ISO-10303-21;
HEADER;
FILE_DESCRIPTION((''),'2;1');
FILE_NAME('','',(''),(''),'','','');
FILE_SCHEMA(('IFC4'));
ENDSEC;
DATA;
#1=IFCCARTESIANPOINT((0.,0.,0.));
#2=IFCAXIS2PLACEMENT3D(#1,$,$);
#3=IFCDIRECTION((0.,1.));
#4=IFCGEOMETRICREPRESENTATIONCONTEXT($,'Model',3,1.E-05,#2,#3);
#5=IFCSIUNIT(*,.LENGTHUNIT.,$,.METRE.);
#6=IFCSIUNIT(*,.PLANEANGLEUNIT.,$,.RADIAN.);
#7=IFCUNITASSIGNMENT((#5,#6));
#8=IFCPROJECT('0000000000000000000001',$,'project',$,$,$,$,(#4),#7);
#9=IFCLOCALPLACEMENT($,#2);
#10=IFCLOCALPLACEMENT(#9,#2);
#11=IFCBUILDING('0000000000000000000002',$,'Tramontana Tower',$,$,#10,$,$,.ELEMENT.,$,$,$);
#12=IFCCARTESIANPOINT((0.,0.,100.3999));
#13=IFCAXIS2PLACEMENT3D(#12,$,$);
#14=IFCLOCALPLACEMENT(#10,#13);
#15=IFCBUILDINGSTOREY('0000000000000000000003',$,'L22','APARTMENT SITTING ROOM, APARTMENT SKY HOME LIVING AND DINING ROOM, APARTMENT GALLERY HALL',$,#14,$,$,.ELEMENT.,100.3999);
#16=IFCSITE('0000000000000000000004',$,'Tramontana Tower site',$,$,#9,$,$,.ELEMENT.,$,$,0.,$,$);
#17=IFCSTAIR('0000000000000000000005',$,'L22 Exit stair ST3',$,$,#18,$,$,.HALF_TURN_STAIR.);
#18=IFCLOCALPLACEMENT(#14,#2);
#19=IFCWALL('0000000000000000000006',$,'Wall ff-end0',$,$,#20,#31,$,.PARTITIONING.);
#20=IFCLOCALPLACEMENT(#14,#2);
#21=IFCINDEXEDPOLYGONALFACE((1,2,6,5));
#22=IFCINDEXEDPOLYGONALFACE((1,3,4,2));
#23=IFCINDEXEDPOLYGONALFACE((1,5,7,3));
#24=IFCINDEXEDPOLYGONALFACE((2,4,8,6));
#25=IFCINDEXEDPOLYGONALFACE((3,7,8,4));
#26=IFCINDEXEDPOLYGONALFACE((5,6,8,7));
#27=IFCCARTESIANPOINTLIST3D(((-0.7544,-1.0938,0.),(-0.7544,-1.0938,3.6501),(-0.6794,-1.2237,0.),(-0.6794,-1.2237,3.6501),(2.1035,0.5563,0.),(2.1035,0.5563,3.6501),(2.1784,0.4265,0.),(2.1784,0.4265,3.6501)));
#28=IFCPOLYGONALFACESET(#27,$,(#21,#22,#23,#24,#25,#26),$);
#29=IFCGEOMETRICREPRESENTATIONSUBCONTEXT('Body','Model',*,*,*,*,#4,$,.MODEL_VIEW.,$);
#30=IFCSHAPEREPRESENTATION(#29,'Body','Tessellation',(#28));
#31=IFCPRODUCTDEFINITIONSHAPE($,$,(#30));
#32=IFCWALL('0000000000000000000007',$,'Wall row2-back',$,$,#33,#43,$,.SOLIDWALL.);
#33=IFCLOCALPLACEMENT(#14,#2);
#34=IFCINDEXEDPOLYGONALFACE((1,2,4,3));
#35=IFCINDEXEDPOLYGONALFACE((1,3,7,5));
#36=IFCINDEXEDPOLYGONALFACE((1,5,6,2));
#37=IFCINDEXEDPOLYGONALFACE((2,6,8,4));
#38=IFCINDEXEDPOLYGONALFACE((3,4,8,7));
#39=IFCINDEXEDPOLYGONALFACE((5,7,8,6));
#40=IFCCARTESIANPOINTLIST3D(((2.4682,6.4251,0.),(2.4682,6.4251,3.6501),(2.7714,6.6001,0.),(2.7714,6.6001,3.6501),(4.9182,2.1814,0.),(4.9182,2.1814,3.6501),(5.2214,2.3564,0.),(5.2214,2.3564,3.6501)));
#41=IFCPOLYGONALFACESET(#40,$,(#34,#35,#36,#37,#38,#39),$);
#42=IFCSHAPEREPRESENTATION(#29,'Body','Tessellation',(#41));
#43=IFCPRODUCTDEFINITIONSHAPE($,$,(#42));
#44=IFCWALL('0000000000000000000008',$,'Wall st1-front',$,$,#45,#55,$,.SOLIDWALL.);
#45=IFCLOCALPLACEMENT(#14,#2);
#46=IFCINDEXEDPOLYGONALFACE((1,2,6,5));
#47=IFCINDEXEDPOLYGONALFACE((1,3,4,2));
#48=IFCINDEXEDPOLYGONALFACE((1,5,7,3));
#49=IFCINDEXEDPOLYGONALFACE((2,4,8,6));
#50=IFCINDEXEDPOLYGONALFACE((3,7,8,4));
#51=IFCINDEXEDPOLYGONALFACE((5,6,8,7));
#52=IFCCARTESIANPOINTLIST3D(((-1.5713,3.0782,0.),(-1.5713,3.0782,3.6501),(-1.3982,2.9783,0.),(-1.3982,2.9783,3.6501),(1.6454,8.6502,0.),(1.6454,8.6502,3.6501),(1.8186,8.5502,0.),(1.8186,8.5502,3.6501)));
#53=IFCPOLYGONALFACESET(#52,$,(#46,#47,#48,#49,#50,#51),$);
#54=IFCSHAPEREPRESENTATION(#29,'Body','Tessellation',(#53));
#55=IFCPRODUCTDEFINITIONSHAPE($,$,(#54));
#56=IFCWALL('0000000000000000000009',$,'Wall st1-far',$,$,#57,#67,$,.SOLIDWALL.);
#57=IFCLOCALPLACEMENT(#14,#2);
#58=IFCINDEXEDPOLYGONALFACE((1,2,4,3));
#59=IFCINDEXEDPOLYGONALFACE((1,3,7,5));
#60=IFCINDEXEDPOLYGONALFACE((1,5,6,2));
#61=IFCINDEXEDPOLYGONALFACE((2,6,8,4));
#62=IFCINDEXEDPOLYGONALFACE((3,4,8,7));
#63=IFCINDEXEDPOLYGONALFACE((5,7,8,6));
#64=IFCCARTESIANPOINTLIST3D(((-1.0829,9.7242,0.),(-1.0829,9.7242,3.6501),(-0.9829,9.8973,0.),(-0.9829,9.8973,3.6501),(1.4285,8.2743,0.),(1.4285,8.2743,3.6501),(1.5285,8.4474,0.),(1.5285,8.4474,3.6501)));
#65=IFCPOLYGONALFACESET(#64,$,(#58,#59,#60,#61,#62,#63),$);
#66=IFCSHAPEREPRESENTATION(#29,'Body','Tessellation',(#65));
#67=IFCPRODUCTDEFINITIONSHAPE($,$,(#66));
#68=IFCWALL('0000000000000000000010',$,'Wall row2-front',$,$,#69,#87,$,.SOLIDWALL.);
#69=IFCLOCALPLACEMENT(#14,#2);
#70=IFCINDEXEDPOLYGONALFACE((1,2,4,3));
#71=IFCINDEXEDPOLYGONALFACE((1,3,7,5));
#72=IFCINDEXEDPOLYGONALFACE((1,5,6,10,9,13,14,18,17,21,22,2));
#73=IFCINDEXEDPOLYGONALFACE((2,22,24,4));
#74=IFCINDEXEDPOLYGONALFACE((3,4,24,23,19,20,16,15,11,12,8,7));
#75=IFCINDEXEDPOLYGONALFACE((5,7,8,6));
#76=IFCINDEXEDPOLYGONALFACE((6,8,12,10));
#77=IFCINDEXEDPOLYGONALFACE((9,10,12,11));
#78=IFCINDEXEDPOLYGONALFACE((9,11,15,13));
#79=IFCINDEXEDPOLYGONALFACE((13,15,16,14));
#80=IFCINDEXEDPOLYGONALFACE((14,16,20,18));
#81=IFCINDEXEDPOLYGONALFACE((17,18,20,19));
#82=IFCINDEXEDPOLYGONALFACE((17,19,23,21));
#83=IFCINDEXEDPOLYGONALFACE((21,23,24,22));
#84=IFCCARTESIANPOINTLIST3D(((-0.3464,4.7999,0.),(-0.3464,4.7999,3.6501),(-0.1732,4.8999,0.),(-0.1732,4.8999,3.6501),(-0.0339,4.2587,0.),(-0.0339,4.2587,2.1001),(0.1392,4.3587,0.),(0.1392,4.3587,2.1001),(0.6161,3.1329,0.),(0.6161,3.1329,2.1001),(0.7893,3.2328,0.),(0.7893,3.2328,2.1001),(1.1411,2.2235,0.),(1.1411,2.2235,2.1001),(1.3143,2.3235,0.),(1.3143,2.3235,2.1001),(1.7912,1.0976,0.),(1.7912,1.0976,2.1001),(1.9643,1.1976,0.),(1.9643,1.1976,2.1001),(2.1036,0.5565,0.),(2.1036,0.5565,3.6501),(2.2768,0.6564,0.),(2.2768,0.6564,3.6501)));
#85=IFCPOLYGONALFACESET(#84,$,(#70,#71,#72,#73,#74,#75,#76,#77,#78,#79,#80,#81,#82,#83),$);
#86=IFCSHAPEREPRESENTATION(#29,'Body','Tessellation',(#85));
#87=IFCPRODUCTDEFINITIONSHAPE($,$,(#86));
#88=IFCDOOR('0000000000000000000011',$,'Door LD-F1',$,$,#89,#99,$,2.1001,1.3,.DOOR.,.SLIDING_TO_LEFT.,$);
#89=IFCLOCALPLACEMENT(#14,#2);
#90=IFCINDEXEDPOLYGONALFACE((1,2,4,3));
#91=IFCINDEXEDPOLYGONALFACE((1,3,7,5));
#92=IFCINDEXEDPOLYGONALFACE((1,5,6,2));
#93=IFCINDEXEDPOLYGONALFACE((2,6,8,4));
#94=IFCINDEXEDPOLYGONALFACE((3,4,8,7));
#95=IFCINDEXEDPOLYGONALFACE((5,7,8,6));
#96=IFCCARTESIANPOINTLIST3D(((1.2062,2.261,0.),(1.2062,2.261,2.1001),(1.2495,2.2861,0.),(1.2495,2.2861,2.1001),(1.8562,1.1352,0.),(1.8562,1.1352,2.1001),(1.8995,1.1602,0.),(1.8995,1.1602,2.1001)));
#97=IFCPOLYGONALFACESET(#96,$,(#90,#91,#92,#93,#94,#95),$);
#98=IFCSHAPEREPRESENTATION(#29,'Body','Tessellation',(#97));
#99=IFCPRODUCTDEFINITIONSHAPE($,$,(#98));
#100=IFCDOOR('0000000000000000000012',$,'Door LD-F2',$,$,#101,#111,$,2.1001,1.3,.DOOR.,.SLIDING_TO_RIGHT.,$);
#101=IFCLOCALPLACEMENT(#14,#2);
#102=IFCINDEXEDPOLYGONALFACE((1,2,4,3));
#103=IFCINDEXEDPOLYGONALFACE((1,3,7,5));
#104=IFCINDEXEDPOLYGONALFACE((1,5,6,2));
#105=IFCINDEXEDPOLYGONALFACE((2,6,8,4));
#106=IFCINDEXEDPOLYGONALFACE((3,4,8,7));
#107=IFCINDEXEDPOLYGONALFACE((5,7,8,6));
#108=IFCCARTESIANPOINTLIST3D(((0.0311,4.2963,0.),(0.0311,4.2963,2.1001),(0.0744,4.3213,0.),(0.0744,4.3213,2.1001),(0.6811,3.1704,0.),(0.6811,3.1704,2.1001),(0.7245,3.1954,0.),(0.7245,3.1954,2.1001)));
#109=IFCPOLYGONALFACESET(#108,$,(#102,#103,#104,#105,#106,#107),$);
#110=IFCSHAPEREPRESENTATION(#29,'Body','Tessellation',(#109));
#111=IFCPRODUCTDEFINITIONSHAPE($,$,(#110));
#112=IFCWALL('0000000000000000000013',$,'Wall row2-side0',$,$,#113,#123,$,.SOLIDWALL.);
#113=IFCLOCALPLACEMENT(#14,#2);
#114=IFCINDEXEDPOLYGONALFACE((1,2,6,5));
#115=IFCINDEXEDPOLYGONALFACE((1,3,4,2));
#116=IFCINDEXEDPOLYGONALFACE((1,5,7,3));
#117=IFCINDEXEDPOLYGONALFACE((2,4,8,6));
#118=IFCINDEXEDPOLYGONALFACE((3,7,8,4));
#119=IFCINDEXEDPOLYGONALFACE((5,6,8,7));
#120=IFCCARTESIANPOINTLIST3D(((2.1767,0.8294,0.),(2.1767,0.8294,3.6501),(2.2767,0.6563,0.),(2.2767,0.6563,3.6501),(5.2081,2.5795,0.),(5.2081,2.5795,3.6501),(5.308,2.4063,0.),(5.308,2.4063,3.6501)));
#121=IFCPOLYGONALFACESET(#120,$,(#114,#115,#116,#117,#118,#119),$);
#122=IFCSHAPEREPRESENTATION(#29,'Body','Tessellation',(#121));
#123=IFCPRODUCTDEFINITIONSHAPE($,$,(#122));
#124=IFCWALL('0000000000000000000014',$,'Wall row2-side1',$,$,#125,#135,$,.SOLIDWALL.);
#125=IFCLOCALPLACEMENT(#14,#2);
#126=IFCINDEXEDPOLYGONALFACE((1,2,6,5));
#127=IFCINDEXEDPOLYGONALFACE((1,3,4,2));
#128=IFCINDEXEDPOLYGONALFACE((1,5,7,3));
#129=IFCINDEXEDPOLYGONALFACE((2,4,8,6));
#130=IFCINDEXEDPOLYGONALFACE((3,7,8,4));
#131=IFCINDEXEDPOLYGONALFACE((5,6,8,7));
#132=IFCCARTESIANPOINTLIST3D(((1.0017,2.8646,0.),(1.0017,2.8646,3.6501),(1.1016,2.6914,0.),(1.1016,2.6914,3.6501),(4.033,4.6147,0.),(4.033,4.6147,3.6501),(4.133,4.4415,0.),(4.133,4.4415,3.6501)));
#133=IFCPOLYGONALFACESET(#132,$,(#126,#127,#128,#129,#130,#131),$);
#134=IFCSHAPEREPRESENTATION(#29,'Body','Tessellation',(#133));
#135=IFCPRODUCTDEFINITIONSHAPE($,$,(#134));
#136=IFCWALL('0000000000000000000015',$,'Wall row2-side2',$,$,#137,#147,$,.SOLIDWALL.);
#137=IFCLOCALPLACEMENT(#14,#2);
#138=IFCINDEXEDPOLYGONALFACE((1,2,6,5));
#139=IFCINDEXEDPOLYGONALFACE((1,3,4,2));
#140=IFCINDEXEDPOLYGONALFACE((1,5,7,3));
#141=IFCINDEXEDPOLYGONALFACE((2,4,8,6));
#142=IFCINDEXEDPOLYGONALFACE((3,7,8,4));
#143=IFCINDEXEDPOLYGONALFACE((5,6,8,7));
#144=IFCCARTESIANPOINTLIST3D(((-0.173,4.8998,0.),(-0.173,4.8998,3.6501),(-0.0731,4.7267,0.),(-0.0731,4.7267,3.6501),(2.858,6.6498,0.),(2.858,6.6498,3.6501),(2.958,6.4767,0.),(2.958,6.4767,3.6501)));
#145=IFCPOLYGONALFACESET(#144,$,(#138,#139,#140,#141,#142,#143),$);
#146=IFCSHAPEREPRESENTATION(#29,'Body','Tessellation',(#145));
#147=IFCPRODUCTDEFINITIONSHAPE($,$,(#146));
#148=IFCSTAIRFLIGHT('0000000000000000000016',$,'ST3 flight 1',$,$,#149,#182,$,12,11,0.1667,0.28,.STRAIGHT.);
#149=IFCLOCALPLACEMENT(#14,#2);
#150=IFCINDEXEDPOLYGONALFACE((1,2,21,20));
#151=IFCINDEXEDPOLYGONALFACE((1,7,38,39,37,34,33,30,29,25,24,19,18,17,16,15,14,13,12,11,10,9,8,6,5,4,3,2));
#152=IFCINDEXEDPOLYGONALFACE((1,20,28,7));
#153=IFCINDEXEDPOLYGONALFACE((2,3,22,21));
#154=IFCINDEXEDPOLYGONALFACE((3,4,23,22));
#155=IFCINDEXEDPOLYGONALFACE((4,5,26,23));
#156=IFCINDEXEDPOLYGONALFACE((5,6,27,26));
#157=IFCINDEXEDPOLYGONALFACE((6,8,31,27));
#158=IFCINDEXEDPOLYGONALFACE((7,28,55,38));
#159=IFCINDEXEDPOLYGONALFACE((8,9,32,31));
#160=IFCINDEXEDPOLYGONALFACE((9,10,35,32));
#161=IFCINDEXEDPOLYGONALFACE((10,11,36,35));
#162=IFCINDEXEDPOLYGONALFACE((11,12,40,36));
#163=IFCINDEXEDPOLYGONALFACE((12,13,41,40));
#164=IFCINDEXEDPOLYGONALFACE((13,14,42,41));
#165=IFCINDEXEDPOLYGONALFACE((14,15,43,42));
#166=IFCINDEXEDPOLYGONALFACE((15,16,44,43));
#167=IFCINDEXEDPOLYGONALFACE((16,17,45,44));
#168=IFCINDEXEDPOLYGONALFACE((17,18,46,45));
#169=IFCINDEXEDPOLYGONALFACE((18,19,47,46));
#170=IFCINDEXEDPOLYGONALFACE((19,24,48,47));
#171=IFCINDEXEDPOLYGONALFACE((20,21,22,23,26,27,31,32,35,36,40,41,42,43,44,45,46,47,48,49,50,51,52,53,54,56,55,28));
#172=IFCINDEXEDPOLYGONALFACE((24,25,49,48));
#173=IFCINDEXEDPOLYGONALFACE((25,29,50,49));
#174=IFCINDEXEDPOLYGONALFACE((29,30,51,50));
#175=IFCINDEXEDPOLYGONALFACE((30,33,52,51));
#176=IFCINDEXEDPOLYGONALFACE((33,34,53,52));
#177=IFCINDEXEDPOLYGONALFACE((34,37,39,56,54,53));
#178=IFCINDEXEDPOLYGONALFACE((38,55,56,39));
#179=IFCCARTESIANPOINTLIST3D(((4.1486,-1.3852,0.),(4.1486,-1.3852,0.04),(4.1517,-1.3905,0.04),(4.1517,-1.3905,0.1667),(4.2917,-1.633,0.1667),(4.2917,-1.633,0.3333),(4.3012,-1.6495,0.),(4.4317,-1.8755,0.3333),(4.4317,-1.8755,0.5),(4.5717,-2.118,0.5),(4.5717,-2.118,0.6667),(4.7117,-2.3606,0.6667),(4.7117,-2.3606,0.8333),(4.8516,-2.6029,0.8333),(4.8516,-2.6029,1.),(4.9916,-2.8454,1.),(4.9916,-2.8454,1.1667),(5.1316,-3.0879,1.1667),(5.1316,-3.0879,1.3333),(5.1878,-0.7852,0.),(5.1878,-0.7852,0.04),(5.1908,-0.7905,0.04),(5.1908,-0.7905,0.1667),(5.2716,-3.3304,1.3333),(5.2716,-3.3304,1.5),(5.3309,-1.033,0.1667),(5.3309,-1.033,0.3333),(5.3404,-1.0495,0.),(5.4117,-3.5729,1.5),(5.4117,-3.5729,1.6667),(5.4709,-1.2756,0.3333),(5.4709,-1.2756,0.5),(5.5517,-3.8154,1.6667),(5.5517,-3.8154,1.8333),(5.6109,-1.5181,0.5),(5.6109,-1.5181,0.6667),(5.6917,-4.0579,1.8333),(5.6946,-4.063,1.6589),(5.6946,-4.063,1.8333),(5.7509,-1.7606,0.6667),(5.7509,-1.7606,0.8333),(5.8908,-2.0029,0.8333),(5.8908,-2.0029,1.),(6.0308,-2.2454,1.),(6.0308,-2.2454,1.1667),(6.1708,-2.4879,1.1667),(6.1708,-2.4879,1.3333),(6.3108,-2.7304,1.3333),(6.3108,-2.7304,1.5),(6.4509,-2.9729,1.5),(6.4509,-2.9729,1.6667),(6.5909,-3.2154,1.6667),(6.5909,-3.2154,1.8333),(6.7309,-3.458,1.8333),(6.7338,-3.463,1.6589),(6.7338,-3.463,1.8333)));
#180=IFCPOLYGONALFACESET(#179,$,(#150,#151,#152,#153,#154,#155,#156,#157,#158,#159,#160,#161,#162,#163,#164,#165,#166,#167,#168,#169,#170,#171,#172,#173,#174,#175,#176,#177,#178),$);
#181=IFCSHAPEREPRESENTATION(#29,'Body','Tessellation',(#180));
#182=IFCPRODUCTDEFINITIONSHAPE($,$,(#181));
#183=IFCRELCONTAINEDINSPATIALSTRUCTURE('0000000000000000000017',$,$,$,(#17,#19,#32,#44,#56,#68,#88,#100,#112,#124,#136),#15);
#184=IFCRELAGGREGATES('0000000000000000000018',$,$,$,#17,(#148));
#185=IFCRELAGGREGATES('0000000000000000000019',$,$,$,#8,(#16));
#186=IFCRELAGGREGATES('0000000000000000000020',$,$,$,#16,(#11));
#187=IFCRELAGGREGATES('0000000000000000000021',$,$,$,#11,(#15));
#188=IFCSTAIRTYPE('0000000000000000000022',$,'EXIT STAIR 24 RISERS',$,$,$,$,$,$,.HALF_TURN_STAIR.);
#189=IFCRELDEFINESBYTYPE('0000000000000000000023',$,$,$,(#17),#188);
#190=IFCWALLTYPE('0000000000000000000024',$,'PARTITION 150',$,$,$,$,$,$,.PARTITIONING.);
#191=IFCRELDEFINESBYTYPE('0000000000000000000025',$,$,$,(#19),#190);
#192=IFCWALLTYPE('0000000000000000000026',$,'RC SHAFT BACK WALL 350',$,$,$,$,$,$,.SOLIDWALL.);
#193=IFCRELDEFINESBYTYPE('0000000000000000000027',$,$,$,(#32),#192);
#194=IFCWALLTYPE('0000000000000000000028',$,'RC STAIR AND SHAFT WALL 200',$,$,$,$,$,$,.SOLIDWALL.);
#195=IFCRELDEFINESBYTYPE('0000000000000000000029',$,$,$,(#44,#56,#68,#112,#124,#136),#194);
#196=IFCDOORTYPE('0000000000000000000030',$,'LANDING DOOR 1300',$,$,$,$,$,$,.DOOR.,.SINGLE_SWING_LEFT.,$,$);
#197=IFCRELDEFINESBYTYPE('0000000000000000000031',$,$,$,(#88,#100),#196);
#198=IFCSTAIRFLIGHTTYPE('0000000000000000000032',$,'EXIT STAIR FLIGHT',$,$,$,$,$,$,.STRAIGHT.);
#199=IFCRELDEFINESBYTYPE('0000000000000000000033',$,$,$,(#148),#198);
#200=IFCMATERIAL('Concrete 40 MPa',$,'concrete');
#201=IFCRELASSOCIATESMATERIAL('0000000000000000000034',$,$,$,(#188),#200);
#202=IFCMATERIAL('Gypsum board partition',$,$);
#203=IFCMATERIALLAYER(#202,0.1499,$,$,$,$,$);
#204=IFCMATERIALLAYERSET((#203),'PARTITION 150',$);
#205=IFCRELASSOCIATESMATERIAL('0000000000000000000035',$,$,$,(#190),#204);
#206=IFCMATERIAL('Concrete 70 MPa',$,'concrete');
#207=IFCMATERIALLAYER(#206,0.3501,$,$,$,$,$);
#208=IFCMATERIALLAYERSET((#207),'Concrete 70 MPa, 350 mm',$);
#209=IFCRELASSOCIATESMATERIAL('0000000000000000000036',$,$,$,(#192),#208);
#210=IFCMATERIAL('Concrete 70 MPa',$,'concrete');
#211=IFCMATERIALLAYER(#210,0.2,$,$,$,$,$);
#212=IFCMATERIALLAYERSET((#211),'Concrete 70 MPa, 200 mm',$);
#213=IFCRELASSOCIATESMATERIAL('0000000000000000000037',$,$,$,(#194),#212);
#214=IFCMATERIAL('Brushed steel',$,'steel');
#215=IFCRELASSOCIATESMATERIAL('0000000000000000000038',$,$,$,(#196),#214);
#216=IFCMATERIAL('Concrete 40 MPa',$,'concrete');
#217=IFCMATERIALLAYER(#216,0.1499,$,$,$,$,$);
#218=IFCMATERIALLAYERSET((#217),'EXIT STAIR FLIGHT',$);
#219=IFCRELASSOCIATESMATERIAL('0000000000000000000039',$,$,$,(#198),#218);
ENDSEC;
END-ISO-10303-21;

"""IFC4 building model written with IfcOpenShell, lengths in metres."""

from ifc_helpers import new_model, si_unit, direction, frame, frame_2d, origin, place, context, subcontext, project, spatial, polyline, rectangle, outline, extrude, material, layer, layer_set, type_object, element, fill, aggregate, save


model = new_model("IFC4")

# Units and contexts
model_context = context("Model", 3, precision=1e-05, world=origin(), true_north=direction((0.0, 1.0)))
body_context = subcontext(model_context, "Body", "Model", "MODEL_VIEW")
ifc_project = project(units=[si_unit("LENGTHUNIT", "METRE"), si_unit("PLANEANGLEUNIT", "RADIAN")], contexts=[model_context])

# Site, building, storey
site_placement = place(None, origin())
site = spatial("IfcSite", under=ifc_project, at=site_placement, Name="Tramontana Tower site", CompositionType="ELEMENT", RefElevation=0.0)
building_placement = place(site_placement, origin())
building = spatial("IfcBuilding", under=site, at=building_placement, Name="Tramontana Tower", CompositionType="ELEMENT")
storey_placement = place(building_placement, frame((0.0, 0.0, 100.3999)))
storey = spatial("IfcBuildingStorey", under=building, at=storey_placement, Name="L22", Description="APARTMENT SITTING ROOM, APARTMENT SKY HOME LIVING AND DINING ROOM, APARTMENT GALLERY HALL", CompositionType="ELEMENT", Elevation=100.3999)

# Stair
ifc_material_1 = material(Name="Concrete 40 MPa", Category="concrete")
stair_type = type_object("IfcStairType", Name="EXIT STAIR 24 RISERS", PredefinedType="HALF_TURN_STAIR", material=ifc_material_1)
stair_1_placement = place(storey_placement, origin())
stair_1 = element("IfcStair", 1, at=stair_1_placement, inside=storey, type_object=stair_type, Name="L22 Exit stair ST3", PredefinedType="HALF_TURN_STAIR")

# Walls
ifc_material_2 = material(Name="Gypsum board partition")
ifc_layer_1 = layer(ifc_material_2, 0.1499)
ifc_layer_set_1 = layer_set([ifc_layer_1], Name="PARTITION 150")
wall_type_1 = type_object("IfcWallType", Name="PARTITION 150", PredefinedType="PARTITIONING", material=ifc_layer_set_1)
wall_1_placement = place(storey_placement, frame((-0.7168, -1.1587, 0.0), z_axis=(0.0, 0.0, 1.0), x_axis=(0.866008, 0.50003, 0.0)))
element("IfcWall", 2, at=wall_1_placement, inside=storey, type_object=wall_type_1, Name="Wall ff-end0", PredefinedType="PARTITIONING", context=body_context, shape_type="SweptSolid", body=[
    extrude(rectangle(XDim=3.3, YDim=0.1499, at=frame_2d((1.6499, 0.0))), origin(), (0.0, 0.0, 1.0), 3.6501),
])
ifc_material_3 = material(Name="Concrete 70 MPa", Category="concrete")
ifc_layer_2 = layer(ifc_material_3, 0.3501)
ifc_layer_set_2 = layer_set([ifc_layer_2], Name="Concrete 70 MPa, 350 mm")
wall_type_2 = type_object("IfcWallType", Name="RC SHAFT BACK WALL 350", PredefinedType="SOLIDWALL", material=ifc_layer_set_2)
wall_2_placement = place(storey_placement, frame((5.0698, 2.2688, 0.0), z_axis=(0.0, 0.0, 1.0), x_axis=(-0.499981, 0.866036, 0.0)))
element("IfcWall", 3, at=wall_2_placement, inside=storey, type_object=wall_type_2, Name="Wall row2-back", PredefinedType="SOLIDWALL", context=body_context, shape_type="SweptSolid", body=[
    extrude(rectangle(XDim=4.9001, YDim=0.3501, at=frame_2d((2.4502, 0.0))), origin(), (0.0, 0.0, 1.0), 3.6501),
])
ifc_material_4 = material(Name="Concrete 70 MPa", Category="concrete")
ifc_layer_3 = layer(ifc_material_4, 0.2)
ifc_layer_set_3 = layer_set([ifc_layer_3], Name="Concrete 70 MPa, 200 mm")
wall_type_3 = type_object("IfcWallType", Name="RC STAIR AND SHAFT WALL 200", PredefinedType="SOLIDWALL", material=ifc_layer_set_3)
wall_3_placement = place(storey_placement, frame((1.7319, 8.6001, 0.0), z_axis=(0.0, 0.0, 1.0), x_axis=(-0.499975, -0.86604, 0.0)))
element("IfcWall", 4, at=wall_3_placement, inside=storey, type_object=wall_type_3, Name="Wall st1-front", PredefinedType="SOLIDWALL", context=body_context, shape_type="SweptSolid", body=[
    extrude(rectangle(XDim=6.4338, YDim=0.2, at=frame_2d((3.2168, 0.0))), origin(), (0.0, 0.0, 1.0), 3.6501),
])
wall_4_placement = place(storey_placement, frame((1.4785, 8.3608, 0.0), z_axis=(0.0, 0.0, 1.0), x_axis=(-0.866033, 0.499987, 0.0)))
element("IfcWall", 5, at=wall_4_placement, inside=storey, type_object=wall_type_3, Name="Wall st1-far", PredefinedType="SOLIDWALL", context=body_context, shape_type="SweptSolid", body=[
    extrude(rectangle(XDim=2.8999, YDim=0.2, at=frame_2d((1.45, 0.0))), origin(), (0.0, 0.0, 1.0), 3.6501),
])

# Wall, openings, doors
wall_5_placement = place(storey_placement, frame((2.1902, 0.6064, 0.0), z_axis=(0.0, 0.0, 1.0), x_axis=(-0.500003, 0.866024, 0.0)))
wall_5 = element("IfcWall", 6, at=wall_5_placement, inside=storey, type_object=wall_type_3, Name="Wall row2-front", PredefinedType="SOLIDWALL", context=body_context, shape_type="SweptSolid", body=[
    extrude(rectangle(XDim=4.8999, YDim=0.2, at=frame_2d((2.45, 0.0))), origin(), (0.0, 0.0, 1.0), 3.6501),
])
opening_1_placement = place(wall_5_placement, frame((0.625, 0.0, 0.0)))
opening_1 = element("IfcOpeningElement", 7, at=opening_1_placement, cuts=wall_5, PredefinedType="OPENING", context=body_context, shape_type="SweptSolid", body=[
    extrude(rectangle(XDim=1.3, YDim=2.1001, at=frame_2d((0.6499, 1.05))), frame((0.0, 0.1099, 0.0), z_axis=(0.0, -1.0, 0.0), x_axis=(1.0, 0.0, 0.0)), (0.0, 0.0, 1.0), 0.22),
])
opening_2_placement = place(wall_5_placement, frame((2.9751, 0.0, 0.0)))
opening_2 = element("IfcOpeningElement", 8, at=opening_2_placement, cuts=wall_5, PredefinedType="OPENING", context=body_context, shape_type="SweptSolid", body=[
    extrude(rectangle(XDim=1.3, YDim=2.1001, at=frame_2d((0.6499, 1.05))), frame((0.0, 0.1099, 0.0), z_axis=(0.0, -1.0, 0.0), x_axis=(1.0, 0.0, 0.0)), (0.0, 0.0, 1.0), 0.22),
])
ifc_material_5 = material(Name="Brushed steel", Category="steel")
door_type_1 = type_object("IfcDoorType", Name="LANDING DOOR 1300", OperationType="SINGLE_SWING_LEFT", PredefinedType="DOOR", material=ifc_material_5)
door_1_placement = place(opening_1_placement, origin())
door_1 = element("IfcDoor", 9, at=door_1_placement, inside=storey, type_object=door_type_1, Name="Door LD-F1", OperationType="SLIDING_TO_LEFT", OverallHeight=2.1001, OverallWidth=1.3, PredefinedType="DOOR", context=body_context, shape_type="SweptSolid", body=[
    extrude(rectangle(XDim=1.3, YDim=2.1001, at=frame_2d((0.6499, 1.05))), frame((0.0, 0.0249, 0.0), z_axis=(0.0, -1.0, 0.0), x_axis=(1.0, 0.0, 0.0)), (0.0, 0.0, 1.0), 0.05),
])
fill(opening_1, door_1)
door_2_placement = place(opening_2_placement, origin())
door_2 = element("IfcDoor", 10, at=door_2_placement, inside=storey, type_object=door_type_1, Name="Door LD-F2", OperationType="SLIDING_TO_RIGHT", OverallHeight=2.1001, OverallWidth=1.3, PredefinedType="DOOR", context=body_context, shape_type="SweptSolid", body=[
    extrude(rectangle(XDim=1.3, YDim=2.1001, at=frame_2d((0.6499, 1.05))), frame((0.0, 0.0249, 0.0), z_axis=(0.0, -1.0, 0.0), x_axis=(1.0, 0.0, 0.0)), (0.0, 0.0, 1.0), 0.05),
])
fill(opening_2, door_2)

# Walls
for number, where, z_axis, x_axis, name in (
    (11, (2.2268, 0.7429, 0.0), (0.0, 0.0, 1.0), (0.866037, 0.49998, 0.0), "Wall row2-side0"),
    (12, (1.0518, 2.7781, 0.0), (0.0, 0.0, 1.0), (0.866037, 0.49998, 0.0), "Wall row2-side1"),
):
    element("IfcWall", number, at=place(storey_placement, frame(where, z_axis=z_axis, x_axis=x_axis)), inside=storey, type_object=wall_type_3, Name=name, PredefinedType="SOLIDWALL", context=body_context, shape_type="SweptSolid", body=[
        extrude(rectangle(XDim=3.5002, YDim=0.2, at=frame_2d((1.75, 0.0))), origin(), (0.0, 0.0, 1.0), 3.6501),
    ])
wall_6_placement = place(storey_placement, frame((-0.123, 4.8132, 0.0), z_axis=(0.0, 0.0, 1.0), x_axis=(0.866019, 0.50001, 0.0)))
element("IfcWall", 13, at=wall_6_placement, inside=storey, type_object=wall_type_3, Name="Wall row2-side2", PredefinedType="SOLIDWALL", context=body_context, shape_type="SweptSolid", body=[
    extrude(rectangle(XDim=3.5, YDim=0.2, at=frame_2d((1.75, 0.0))), origin(), (0.0, 0.0, 1.0), 3.6501),
])

# Stair flight
ifc_material_6 = material(Name="Concrete 40 MPa", Category="concrete")
ifc_layer_4 = layer(ifc_material_6, 0.1499)
ifc_layer_set_4 = layer_set([ifc_layer_4], Name="EXIT STAIR FLIGHT")
stair_flight_type = type_object("IfcStairFlightType", Name="EXIT STAIR FLIGHT", PredefinedType="STRAIGHT", material=ifc_layer_set_4)
stair_flight_placement = place(storey_placement, frame((4.6711, -1.0906, 0.0), z_axis=(0.0, 0.0, 1.0), x_axis=(0.5, -0.866025, 0.0)))
stair_flight = element("IfcStairFlight", 14, at=stair_flight_placement, type_object=stair_flight_type, Name="ST3 flight 1", NumberOfRisers=12, NumberOfTreads=11, PredefinedType="STRAIGHT", RiserHeight=0.1667, TreadLength=0.28, context=body_context, shape_type="SweptSolid", body=[
    extrude(outline(polyline([(-0.0061, 0.0), (-0.0061, 0.04), (0.0, 0.04), (0.0, 0.1667), (0.28, 0.1667), (0.28, 0.3333), (0.5601, 0.3333), (0.5601, 0.5), (0.8401, 0.5), (0.8401, 0.6667), (1.1201, 0.6667), (1.1201, 0.8333), (1.3999, 0.8333), (1.3999, 1.0), (1.6799, 1.0), (1.6799, 1.1667), (1.96, 1.1667), (1.96, 1.3333), (2.24, 1.3333), (2.24, 1.5), (2.52, 1.5), (2.52, 1.6667), (2.8, 1.6667), (2.8, 1.8333), (3.0801, 1.8333), (3.0859, 1.8333), (3.0859, 1.6589), (0.2991, 0.0), (-0.0061, 0.0)])), frame((0.0, 0.6001, 0.0), z_axis=(0.0, -1.0, 0.0), x_axis=(1.0, 0.0, 0.0)), (0.0, 0.0, 1.0), 1.2),
])
aggregate(stair_1, [stair_flight])

save(model, "model.ifc")
